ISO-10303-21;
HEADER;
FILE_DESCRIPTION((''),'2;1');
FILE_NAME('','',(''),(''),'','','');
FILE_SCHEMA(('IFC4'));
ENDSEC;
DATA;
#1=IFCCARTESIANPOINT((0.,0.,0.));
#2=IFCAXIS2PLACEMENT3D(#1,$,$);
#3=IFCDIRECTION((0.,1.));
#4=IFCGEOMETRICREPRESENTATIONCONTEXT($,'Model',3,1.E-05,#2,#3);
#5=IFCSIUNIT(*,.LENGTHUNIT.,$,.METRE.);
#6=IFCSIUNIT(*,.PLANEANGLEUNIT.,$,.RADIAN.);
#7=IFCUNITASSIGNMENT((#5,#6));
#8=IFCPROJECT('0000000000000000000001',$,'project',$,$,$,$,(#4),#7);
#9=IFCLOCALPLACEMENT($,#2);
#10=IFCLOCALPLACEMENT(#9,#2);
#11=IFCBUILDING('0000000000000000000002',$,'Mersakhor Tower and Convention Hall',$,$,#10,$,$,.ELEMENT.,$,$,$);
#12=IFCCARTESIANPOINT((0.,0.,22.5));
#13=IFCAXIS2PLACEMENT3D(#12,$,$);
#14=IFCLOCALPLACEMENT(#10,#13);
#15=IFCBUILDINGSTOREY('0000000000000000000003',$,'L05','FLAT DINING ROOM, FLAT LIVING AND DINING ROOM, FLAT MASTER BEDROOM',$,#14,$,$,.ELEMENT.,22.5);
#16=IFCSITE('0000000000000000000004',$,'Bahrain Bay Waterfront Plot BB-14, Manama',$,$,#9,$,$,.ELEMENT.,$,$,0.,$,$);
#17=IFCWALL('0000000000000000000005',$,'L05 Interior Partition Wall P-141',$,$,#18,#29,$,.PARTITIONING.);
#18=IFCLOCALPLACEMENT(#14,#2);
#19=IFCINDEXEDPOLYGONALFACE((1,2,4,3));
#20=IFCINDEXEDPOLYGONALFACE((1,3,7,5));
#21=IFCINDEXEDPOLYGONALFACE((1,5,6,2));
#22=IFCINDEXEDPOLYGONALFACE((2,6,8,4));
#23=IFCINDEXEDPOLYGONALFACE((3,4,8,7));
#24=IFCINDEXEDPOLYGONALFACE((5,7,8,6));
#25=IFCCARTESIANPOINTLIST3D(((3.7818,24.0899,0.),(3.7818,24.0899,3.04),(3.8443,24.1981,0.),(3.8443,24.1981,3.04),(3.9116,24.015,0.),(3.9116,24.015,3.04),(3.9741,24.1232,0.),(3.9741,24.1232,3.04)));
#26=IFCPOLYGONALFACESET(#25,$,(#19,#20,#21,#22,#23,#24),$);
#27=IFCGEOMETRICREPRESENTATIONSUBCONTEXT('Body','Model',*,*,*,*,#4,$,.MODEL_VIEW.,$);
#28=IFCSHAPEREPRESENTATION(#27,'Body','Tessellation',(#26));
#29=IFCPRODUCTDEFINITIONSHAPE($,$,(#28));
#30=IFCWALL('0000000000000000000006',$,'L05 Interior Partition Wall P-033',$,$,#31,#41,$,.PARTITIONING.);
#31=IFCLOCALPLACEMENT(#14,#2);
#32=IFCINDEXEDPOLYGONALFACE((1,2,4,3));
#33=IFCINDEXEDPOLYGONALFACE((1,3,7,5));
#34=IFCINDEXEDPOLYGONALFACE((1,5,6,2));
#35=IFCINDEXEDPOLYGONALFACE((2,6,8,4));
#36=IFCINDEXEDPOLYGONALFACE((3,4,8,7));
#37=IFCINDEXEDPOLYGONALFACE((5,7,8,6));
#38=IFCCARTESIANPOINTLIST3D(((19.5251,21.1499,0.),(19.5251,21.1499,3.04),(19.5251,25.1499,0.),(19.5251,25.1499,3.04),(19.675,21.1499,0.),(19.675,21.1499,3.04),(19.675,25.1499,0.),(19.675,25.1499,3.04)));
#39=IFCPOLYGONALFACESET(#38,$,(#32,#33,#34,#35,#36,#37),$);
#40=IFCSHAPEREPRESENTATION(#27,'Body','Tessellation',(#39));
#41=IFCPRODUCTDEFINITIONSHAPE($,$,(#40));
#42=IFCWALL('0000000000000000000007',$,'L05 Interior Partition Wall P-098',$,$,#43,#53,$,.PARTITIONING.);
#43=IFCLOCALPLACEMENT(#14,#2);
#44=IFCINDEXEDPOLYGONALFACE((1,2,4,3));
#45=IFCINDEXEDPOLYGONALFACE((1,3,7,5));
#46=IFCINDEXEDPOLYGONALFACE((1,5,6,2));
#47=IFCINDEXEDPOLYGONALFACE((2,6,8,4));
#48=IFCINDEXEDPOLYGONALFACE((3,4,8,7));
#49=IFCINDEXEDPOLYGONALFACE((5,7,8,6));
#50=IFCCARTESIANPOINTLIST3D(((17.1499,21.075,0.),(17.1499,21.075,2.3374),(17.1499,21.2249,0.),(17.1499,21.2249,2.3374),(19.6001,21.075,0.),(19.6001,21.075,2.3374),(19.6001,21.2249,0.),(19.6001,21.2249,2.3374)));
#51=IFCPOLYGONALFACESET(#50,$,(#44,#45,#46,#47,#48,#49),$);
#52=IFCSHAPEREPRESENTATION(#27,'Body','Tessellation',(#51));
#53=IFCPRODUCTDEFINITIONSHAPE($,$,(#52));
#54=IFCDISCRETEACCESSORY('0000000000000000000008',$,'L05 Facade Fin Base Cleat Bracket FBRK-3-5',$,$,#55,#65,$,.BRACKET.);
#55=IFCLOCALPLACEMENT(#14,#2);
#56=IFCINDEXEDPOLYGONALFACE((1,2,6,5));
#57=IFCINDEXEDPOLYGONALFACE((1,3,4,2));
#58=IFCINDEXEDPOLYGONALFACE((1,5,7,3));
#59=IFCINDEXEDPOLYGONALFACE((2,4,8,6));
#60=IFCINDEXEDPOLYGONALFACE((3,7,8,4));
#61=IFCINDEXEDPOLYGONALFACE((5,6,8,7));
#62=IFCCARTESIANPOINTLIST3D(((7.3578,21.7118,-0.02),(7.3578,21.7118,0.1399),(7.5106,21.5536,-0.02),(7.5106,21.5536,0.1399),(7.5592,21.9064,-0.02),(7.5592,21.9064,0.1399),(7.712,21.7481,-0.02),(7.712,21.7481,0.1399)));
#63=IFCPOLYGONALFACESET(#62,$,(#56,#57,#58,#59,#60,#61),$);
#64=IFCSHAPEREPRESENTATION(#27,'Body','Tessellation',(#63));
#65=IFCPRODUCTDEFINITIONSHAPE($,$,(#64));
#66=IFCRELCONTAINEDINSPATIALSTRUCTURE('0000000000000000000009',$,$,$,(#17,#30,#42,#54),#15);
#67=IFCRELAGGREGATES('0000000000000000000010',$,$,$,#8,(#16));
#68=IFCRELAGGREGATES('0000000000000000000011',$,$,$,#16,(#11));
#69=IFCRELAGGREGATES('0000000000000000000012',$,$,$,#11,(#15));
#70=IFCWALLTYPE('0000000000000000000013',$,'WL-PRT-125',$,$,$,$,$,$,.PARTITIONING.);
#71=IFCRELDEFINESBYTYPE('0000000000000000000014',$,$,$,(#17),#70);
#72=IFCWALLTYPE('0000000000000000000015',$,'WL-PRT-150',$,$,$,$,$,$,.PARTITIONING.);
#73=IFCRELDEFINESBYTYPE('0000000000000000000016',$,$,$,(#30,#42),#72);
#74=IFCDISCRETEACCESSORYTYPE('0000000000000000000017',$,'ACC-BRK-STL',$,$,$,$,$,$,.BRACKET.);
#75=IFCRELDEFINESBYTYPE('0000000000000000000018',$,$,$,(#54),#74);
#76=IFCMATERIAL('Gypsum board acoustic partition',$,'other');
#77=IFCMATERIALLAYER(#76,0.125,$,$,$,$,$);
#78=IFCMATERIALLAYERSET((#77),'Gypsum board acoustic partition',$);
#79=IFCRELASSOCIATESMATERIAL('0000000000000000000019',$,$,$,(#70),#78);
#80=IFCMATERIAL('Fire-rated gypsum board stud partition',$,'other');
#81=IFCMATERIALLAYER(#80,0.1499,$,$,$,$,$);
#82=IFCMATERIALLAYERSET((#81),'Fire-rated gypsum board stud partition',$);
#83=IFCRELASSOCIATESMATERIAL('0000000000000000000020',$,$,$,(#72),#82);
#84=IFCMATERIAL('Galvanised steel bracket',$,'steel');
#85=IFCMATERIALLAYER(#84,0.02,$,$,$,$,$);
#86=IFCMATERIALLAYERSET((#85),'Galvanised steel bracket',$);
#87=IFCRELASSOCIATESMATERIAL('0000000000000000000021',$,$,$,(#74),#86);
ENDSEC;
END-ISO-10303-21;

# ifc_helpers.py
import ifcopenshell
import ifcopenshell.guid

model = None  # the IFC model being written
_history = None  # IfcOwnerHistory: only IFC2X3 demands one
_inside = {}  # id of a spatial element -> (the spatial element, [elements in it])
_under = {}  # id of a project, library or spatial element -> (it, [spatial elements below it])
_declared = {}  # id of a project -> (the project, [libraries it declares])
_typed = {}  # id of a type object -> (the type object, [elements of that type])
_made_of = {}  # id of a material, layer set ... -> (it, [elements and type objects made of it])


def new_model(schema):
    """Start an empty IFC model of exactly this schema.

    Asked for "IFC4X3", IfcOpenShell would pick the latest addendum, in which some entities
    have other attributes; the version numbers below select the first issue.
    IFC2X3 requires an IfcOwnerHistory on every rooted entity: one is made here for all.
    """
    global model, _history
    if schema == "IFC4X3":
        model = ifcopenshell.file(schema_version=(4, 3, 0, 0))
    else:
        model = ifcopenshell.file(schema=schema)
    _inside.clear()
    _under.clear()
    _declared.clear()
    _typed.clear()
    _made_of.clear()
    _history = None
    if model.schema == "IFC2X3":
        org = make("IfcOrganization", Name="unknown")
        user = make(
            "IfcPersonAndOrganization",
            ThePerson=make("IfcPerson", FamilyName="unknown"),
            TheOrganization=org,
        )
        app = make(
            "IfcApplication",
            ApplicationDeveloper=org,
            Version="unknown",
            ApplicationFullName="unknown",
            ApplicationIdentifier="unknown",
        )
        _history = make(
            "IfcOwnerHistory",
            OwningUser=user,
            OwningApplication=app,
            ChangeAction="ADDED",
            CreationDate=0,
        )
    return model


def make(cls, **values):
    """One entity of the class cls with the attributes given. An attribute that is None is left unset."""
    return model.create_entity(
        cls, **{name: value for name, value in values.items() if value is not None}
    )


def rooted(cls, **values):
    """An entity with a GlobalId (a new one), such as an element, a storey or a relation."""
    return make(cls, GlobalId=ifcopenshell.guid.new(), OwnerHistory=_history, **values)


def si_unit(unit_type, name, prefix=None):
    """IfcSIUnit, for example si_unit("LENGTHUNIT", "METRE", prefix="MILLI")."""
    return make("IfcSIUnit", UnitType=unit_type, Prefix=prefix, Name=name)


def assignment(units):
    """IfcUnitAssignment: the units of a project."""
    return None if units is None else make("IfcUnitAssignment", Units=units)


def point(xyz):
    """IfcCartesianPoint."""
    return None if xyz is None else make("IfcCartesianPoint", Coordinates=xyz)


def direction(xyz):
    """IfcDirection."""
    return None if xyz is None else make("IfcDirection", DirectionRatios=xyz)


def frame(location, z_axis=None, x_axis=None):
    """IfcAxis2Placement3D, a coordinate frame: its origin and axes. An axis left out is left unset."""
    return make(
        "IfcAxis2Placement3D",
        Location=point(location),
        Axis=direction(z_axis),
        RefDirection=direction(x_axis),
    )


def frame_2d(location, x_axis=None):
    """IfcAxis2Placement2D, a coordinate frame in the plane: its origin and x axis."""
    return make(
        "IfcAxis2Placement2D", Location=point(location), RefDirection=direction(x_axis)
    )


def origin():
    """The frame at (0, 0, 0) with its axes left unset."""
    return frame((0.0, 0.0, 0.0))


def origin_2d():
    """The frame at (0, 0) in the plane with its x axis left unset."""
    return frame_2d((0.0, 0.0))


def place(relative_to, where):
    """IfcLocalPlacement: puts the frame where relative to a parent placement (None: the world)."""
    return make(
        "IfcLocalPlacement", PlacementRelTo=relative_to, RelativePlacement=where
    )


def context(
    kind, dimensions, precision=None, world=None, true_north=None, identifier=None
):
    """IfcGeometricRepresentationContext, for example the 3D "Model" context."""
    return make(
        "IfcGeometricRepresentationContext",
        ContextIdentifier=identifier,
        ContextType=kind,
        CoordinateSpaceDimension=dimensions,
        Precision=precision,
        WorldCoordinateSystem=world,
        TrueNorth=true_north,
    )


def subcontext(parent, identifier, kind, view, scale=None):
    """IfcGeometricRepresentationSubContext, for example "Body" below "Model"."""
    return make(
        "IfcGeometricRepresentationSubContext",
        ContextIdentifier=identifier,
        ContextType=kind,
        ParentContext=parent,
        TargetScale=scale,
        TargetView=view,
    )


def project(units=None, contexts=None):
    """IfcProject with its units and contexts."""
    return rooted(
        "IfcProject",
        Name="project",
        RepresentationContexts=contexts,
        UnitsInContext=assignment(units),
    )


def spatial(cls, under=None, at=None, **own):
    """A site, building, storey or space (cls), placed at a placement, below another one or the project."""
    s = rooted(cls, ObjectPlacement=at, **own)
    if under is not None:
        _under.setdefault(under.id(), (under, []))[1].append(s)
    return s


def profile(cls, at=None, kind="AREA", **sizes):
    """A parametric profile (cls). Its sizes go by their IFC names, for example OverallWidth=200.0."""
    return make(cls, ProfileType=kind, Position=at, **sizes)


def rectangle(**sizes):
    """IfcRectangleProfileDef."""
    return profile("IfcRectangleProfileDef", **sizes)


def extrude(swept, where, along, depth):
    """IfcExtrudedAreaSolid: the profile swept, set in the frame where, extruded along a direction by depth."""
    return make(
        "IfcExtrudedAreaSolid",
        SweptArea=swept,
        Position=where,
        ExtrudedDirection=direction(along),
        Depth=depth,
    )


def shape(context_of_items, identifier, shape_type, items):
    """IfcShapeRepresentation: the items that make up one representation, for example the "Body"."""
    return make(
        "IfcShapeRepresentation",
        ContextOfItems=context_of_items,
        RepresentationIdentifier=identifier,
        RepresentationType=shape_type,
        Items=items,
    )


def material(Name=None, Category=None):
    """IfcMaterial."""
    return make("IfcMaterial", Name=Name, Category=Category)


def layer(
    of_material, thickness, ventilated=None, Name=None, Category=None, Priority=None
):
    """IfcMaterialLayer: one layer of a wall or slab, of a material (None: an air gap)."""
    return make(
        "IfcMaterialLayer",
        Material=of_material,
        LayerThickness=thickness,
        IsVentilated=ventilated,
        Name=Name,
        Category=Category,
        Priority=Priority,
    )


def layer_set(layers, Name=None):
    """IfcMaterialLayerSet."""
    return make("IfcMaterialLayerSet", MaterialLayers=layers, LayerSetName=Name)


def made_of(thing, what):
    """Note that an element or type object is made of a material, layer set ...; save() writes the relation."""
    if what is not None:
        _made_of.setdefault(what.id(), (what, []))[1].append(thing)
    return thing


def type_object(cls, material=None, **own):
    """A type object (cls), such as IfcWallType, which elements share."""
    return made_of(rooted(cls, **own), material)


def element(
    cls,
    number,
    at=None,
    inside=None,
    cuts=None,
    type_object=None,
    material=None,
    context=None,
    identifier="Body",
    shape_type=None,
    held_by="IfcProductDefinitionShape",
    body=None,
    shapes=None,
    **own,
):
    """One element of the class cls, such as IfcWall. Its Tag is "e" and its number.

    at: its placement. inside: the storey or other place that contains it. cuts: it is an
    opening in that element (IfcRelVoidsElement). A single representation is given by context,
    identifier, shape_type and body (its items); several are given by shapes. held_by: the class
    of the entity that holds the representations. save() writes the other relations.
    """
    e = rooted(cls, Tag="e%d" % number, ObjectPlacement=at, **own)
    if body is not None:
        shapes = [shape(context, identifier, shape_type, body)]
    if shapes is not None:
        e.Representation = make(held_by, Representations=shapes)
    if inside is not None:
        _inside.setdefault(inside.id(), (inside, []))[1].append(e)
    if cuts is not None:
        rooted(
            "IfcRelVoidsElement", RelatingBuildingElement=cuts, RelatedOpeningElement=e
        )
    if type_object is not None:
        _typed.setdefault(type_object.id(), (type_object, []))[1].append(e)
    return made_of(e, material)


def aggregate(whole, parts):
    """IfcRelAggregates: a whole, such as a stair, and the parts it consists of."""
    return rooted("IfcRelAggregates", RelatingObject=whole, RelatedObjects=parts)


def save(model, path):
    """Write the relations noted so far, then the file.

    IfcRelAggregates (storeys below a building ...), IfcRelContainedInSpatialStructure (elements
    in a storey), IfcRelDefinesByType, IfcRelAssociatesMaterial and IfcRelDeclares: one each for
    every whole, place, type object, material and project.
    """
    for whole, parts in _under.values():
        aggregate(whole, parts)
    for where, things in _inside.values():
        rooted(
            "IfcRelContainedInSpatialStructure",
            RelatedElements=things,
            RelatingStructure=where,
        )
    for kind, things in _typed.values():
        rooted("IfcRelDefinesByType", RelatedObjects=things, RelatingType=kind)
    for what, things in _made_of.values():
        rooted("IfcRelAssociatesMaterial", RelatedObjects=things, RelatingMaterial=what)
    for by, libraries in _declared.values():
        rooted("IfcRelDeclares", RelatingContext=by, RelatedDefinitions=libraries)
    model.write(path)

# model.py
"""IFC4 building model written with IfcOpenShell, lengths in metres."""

from ifc_helpers import new_model, si_unit, direction, frame, frame_2d, origin, origin_2d, place, context, subcontext, project, spatial, rectangle, extrude, material, layer, layer_set, type_object, element, save


model = new_model("IFC4")

# Units and contexts
model_context = context("Model", 3, precision=1e-05, world=origin(), true_north=direction((0.0, 1.0)))
body_context = subcontext(model_context, "Body", "Model", "MODEL_VIEW")
ifc_project = project(units=[si_unit("LENGTHUNIT", "METRE"), si_unit("PLANEANGLEUNIT", "RADIAN")], contexts=[model_context])

# Site, building, storey
site_placement = place(None, origin())
site = spatial("IfcSite", under=ifc_project, at=site_placement, Name="Bahrain Bay Waterfront Plot BB-14, Manama", CompositionType="ELEMENT", RefElevation=0.0)
building_placement = place(site_placement, origin())
building = spatial("IfcBuilding", under=site, at=building_placement, Name="Mersakhor Tower and Convention Hall", CompositionType="ELEMENT")
storey_placement = place(building_placement, frame((0.0, 0.0, 22.5)))
storey = spatial("IfcBuildingStorey", under=building, at=storey_placement, Name="L05", Description="FLAT DINING ROOM, FLAT LIVING AND DINING ROOM, FLAT MASTER BEDROOM", CompositionType="ELEMENT", Elevation=22.5)

# Shared definitions
ifc_material_1 = material(Name="Gypsum board acoustic partition", Category="other")
ifc_layer_1 = layer(ifc_material_1, 0.125)
ifc_layer_set_1 = layer_set([ifc_layer_1], Name="Gypsum board acoustic partition")
wall_type_1 = type_object("IfcWallType", Name="WL-PRT-125", PredefinedType="PARTITIONING", material=ifc_layer_set_1)

# Wall
wall_1_placement = place(storey_placement, frame((3.9429, 24.0691, 0.0), z_axis=(0.0, 0.0, 1.0), x_axis=(-0.866131, 0.499816, 0.0)))
element("IfcWall", 1, at=wall_1_placement, inside=storey, type_object=wall_type_1, Name="L05 Interior Partition Wall P-141", PredefinedType="PARTITIONING", context=body_context, shape_type="SweptSolid", body=[
    extrude(rectangle(XDim=0.1499, YDim=0.125, at=frame_2d((0.075, 0.0))), origin(), (0.0, 0.0, 1.0), 3.04),
])

# Shared definitions
ifc_material_2 = material(Name="Fire-rated gypsum board stud partition", Category="other")
ifc_layer_2 = layer(ifc_material_2, 0.1499)
ifc_layer_set_2 = layer_set([ifc_layer_2], Name="Fire-rated gypsum board stud partition")
wall_type_2 = type_object("IfcWallType", Name="WL-PRT-150", PredefinedType="PARTITIONING", material=ifc_layer_set_2)

# Wall
wall_2_placement = place(storey_placement, frame((19.6001, 21.1499, 0.0), z_axis=(0.0, 0.0, 1.0), x_axis=(0.0, 1.0, 0.0)))
element("IfcWall", 2, at=wall_2_placement, inside=storey, type_object=wall_type_2, Name="L05 Interior Partition Wall P-033", PredefinedType="PARTITIONING", context=body_context, shape_type="SweptSolid", body=[
    extrude(rectangle(XDim=4.0, YDim=0.1499, at=frame_2d((2.0, 0.0))), origin(), (0.0, 0.0, 1.0), 3.04),
])

# Wall
wall_3_placement = place(storey_placement, frame((19.6001, 21.1499, 0.0), z_axis=(0.0, 0.0, 1.0), x_axis=(-1.0, 0.0, 0.0)))
element("IfcWall", 3, at=wall_3_placement, inside=storey, type_object=wall_type_2, Name="L05 Interior Partition Wall P-098", PredefinedType="PARTITIONING", context=body_context, shape_type="SweptSolid", body=[
    extrude(rectangle(XDim=2.4502, YDim=0.1499, at=frame_2d((1.2251, 0.0))), origin(), (0.0, 0.0, 1.0), 2.3374),
])

# Discrete accessory
ifc_material_3 = material(Name="Galvanised steel bracket", Category="steel")
ifc_layer_3 = layer(ifc_material_3, 0.02)
ifc_layer_set_3 = layer_set([ifc_layer_3], Name="Galvanised steel bracket")
discrete_accessory_type = type_object("IfcDiscreteAccessoryType", Name="ACC-BRK-STL", PredefinedType="BRACKET", material=ifc_layer_set_3)
discrete_accessory_placement = place(storey_placement, frame((7.5349, 21.73, -0.02), z_axis=(0.0, 0.0, 1.0), x_axis=(-0.71934, -0.694658, 0.0)))
element("IfcDiscreteAccessory", 4, at=discrete_accessory_placement, inside=storey, type_object=discrete_accessory_type, Name="L05 Facade Fin Base Cleat Bracket FBRK-3-5", PredefinedType="BRACKET", context=body_context, shape_type="SweptSolid", body=[
    extrude(rectangle(XDim=0.28, YDim=0.22, at=origin_2d()), origin(), (0.0, 0.0, 1.0), 0.1599),
])

save(model, "model.ifc")
